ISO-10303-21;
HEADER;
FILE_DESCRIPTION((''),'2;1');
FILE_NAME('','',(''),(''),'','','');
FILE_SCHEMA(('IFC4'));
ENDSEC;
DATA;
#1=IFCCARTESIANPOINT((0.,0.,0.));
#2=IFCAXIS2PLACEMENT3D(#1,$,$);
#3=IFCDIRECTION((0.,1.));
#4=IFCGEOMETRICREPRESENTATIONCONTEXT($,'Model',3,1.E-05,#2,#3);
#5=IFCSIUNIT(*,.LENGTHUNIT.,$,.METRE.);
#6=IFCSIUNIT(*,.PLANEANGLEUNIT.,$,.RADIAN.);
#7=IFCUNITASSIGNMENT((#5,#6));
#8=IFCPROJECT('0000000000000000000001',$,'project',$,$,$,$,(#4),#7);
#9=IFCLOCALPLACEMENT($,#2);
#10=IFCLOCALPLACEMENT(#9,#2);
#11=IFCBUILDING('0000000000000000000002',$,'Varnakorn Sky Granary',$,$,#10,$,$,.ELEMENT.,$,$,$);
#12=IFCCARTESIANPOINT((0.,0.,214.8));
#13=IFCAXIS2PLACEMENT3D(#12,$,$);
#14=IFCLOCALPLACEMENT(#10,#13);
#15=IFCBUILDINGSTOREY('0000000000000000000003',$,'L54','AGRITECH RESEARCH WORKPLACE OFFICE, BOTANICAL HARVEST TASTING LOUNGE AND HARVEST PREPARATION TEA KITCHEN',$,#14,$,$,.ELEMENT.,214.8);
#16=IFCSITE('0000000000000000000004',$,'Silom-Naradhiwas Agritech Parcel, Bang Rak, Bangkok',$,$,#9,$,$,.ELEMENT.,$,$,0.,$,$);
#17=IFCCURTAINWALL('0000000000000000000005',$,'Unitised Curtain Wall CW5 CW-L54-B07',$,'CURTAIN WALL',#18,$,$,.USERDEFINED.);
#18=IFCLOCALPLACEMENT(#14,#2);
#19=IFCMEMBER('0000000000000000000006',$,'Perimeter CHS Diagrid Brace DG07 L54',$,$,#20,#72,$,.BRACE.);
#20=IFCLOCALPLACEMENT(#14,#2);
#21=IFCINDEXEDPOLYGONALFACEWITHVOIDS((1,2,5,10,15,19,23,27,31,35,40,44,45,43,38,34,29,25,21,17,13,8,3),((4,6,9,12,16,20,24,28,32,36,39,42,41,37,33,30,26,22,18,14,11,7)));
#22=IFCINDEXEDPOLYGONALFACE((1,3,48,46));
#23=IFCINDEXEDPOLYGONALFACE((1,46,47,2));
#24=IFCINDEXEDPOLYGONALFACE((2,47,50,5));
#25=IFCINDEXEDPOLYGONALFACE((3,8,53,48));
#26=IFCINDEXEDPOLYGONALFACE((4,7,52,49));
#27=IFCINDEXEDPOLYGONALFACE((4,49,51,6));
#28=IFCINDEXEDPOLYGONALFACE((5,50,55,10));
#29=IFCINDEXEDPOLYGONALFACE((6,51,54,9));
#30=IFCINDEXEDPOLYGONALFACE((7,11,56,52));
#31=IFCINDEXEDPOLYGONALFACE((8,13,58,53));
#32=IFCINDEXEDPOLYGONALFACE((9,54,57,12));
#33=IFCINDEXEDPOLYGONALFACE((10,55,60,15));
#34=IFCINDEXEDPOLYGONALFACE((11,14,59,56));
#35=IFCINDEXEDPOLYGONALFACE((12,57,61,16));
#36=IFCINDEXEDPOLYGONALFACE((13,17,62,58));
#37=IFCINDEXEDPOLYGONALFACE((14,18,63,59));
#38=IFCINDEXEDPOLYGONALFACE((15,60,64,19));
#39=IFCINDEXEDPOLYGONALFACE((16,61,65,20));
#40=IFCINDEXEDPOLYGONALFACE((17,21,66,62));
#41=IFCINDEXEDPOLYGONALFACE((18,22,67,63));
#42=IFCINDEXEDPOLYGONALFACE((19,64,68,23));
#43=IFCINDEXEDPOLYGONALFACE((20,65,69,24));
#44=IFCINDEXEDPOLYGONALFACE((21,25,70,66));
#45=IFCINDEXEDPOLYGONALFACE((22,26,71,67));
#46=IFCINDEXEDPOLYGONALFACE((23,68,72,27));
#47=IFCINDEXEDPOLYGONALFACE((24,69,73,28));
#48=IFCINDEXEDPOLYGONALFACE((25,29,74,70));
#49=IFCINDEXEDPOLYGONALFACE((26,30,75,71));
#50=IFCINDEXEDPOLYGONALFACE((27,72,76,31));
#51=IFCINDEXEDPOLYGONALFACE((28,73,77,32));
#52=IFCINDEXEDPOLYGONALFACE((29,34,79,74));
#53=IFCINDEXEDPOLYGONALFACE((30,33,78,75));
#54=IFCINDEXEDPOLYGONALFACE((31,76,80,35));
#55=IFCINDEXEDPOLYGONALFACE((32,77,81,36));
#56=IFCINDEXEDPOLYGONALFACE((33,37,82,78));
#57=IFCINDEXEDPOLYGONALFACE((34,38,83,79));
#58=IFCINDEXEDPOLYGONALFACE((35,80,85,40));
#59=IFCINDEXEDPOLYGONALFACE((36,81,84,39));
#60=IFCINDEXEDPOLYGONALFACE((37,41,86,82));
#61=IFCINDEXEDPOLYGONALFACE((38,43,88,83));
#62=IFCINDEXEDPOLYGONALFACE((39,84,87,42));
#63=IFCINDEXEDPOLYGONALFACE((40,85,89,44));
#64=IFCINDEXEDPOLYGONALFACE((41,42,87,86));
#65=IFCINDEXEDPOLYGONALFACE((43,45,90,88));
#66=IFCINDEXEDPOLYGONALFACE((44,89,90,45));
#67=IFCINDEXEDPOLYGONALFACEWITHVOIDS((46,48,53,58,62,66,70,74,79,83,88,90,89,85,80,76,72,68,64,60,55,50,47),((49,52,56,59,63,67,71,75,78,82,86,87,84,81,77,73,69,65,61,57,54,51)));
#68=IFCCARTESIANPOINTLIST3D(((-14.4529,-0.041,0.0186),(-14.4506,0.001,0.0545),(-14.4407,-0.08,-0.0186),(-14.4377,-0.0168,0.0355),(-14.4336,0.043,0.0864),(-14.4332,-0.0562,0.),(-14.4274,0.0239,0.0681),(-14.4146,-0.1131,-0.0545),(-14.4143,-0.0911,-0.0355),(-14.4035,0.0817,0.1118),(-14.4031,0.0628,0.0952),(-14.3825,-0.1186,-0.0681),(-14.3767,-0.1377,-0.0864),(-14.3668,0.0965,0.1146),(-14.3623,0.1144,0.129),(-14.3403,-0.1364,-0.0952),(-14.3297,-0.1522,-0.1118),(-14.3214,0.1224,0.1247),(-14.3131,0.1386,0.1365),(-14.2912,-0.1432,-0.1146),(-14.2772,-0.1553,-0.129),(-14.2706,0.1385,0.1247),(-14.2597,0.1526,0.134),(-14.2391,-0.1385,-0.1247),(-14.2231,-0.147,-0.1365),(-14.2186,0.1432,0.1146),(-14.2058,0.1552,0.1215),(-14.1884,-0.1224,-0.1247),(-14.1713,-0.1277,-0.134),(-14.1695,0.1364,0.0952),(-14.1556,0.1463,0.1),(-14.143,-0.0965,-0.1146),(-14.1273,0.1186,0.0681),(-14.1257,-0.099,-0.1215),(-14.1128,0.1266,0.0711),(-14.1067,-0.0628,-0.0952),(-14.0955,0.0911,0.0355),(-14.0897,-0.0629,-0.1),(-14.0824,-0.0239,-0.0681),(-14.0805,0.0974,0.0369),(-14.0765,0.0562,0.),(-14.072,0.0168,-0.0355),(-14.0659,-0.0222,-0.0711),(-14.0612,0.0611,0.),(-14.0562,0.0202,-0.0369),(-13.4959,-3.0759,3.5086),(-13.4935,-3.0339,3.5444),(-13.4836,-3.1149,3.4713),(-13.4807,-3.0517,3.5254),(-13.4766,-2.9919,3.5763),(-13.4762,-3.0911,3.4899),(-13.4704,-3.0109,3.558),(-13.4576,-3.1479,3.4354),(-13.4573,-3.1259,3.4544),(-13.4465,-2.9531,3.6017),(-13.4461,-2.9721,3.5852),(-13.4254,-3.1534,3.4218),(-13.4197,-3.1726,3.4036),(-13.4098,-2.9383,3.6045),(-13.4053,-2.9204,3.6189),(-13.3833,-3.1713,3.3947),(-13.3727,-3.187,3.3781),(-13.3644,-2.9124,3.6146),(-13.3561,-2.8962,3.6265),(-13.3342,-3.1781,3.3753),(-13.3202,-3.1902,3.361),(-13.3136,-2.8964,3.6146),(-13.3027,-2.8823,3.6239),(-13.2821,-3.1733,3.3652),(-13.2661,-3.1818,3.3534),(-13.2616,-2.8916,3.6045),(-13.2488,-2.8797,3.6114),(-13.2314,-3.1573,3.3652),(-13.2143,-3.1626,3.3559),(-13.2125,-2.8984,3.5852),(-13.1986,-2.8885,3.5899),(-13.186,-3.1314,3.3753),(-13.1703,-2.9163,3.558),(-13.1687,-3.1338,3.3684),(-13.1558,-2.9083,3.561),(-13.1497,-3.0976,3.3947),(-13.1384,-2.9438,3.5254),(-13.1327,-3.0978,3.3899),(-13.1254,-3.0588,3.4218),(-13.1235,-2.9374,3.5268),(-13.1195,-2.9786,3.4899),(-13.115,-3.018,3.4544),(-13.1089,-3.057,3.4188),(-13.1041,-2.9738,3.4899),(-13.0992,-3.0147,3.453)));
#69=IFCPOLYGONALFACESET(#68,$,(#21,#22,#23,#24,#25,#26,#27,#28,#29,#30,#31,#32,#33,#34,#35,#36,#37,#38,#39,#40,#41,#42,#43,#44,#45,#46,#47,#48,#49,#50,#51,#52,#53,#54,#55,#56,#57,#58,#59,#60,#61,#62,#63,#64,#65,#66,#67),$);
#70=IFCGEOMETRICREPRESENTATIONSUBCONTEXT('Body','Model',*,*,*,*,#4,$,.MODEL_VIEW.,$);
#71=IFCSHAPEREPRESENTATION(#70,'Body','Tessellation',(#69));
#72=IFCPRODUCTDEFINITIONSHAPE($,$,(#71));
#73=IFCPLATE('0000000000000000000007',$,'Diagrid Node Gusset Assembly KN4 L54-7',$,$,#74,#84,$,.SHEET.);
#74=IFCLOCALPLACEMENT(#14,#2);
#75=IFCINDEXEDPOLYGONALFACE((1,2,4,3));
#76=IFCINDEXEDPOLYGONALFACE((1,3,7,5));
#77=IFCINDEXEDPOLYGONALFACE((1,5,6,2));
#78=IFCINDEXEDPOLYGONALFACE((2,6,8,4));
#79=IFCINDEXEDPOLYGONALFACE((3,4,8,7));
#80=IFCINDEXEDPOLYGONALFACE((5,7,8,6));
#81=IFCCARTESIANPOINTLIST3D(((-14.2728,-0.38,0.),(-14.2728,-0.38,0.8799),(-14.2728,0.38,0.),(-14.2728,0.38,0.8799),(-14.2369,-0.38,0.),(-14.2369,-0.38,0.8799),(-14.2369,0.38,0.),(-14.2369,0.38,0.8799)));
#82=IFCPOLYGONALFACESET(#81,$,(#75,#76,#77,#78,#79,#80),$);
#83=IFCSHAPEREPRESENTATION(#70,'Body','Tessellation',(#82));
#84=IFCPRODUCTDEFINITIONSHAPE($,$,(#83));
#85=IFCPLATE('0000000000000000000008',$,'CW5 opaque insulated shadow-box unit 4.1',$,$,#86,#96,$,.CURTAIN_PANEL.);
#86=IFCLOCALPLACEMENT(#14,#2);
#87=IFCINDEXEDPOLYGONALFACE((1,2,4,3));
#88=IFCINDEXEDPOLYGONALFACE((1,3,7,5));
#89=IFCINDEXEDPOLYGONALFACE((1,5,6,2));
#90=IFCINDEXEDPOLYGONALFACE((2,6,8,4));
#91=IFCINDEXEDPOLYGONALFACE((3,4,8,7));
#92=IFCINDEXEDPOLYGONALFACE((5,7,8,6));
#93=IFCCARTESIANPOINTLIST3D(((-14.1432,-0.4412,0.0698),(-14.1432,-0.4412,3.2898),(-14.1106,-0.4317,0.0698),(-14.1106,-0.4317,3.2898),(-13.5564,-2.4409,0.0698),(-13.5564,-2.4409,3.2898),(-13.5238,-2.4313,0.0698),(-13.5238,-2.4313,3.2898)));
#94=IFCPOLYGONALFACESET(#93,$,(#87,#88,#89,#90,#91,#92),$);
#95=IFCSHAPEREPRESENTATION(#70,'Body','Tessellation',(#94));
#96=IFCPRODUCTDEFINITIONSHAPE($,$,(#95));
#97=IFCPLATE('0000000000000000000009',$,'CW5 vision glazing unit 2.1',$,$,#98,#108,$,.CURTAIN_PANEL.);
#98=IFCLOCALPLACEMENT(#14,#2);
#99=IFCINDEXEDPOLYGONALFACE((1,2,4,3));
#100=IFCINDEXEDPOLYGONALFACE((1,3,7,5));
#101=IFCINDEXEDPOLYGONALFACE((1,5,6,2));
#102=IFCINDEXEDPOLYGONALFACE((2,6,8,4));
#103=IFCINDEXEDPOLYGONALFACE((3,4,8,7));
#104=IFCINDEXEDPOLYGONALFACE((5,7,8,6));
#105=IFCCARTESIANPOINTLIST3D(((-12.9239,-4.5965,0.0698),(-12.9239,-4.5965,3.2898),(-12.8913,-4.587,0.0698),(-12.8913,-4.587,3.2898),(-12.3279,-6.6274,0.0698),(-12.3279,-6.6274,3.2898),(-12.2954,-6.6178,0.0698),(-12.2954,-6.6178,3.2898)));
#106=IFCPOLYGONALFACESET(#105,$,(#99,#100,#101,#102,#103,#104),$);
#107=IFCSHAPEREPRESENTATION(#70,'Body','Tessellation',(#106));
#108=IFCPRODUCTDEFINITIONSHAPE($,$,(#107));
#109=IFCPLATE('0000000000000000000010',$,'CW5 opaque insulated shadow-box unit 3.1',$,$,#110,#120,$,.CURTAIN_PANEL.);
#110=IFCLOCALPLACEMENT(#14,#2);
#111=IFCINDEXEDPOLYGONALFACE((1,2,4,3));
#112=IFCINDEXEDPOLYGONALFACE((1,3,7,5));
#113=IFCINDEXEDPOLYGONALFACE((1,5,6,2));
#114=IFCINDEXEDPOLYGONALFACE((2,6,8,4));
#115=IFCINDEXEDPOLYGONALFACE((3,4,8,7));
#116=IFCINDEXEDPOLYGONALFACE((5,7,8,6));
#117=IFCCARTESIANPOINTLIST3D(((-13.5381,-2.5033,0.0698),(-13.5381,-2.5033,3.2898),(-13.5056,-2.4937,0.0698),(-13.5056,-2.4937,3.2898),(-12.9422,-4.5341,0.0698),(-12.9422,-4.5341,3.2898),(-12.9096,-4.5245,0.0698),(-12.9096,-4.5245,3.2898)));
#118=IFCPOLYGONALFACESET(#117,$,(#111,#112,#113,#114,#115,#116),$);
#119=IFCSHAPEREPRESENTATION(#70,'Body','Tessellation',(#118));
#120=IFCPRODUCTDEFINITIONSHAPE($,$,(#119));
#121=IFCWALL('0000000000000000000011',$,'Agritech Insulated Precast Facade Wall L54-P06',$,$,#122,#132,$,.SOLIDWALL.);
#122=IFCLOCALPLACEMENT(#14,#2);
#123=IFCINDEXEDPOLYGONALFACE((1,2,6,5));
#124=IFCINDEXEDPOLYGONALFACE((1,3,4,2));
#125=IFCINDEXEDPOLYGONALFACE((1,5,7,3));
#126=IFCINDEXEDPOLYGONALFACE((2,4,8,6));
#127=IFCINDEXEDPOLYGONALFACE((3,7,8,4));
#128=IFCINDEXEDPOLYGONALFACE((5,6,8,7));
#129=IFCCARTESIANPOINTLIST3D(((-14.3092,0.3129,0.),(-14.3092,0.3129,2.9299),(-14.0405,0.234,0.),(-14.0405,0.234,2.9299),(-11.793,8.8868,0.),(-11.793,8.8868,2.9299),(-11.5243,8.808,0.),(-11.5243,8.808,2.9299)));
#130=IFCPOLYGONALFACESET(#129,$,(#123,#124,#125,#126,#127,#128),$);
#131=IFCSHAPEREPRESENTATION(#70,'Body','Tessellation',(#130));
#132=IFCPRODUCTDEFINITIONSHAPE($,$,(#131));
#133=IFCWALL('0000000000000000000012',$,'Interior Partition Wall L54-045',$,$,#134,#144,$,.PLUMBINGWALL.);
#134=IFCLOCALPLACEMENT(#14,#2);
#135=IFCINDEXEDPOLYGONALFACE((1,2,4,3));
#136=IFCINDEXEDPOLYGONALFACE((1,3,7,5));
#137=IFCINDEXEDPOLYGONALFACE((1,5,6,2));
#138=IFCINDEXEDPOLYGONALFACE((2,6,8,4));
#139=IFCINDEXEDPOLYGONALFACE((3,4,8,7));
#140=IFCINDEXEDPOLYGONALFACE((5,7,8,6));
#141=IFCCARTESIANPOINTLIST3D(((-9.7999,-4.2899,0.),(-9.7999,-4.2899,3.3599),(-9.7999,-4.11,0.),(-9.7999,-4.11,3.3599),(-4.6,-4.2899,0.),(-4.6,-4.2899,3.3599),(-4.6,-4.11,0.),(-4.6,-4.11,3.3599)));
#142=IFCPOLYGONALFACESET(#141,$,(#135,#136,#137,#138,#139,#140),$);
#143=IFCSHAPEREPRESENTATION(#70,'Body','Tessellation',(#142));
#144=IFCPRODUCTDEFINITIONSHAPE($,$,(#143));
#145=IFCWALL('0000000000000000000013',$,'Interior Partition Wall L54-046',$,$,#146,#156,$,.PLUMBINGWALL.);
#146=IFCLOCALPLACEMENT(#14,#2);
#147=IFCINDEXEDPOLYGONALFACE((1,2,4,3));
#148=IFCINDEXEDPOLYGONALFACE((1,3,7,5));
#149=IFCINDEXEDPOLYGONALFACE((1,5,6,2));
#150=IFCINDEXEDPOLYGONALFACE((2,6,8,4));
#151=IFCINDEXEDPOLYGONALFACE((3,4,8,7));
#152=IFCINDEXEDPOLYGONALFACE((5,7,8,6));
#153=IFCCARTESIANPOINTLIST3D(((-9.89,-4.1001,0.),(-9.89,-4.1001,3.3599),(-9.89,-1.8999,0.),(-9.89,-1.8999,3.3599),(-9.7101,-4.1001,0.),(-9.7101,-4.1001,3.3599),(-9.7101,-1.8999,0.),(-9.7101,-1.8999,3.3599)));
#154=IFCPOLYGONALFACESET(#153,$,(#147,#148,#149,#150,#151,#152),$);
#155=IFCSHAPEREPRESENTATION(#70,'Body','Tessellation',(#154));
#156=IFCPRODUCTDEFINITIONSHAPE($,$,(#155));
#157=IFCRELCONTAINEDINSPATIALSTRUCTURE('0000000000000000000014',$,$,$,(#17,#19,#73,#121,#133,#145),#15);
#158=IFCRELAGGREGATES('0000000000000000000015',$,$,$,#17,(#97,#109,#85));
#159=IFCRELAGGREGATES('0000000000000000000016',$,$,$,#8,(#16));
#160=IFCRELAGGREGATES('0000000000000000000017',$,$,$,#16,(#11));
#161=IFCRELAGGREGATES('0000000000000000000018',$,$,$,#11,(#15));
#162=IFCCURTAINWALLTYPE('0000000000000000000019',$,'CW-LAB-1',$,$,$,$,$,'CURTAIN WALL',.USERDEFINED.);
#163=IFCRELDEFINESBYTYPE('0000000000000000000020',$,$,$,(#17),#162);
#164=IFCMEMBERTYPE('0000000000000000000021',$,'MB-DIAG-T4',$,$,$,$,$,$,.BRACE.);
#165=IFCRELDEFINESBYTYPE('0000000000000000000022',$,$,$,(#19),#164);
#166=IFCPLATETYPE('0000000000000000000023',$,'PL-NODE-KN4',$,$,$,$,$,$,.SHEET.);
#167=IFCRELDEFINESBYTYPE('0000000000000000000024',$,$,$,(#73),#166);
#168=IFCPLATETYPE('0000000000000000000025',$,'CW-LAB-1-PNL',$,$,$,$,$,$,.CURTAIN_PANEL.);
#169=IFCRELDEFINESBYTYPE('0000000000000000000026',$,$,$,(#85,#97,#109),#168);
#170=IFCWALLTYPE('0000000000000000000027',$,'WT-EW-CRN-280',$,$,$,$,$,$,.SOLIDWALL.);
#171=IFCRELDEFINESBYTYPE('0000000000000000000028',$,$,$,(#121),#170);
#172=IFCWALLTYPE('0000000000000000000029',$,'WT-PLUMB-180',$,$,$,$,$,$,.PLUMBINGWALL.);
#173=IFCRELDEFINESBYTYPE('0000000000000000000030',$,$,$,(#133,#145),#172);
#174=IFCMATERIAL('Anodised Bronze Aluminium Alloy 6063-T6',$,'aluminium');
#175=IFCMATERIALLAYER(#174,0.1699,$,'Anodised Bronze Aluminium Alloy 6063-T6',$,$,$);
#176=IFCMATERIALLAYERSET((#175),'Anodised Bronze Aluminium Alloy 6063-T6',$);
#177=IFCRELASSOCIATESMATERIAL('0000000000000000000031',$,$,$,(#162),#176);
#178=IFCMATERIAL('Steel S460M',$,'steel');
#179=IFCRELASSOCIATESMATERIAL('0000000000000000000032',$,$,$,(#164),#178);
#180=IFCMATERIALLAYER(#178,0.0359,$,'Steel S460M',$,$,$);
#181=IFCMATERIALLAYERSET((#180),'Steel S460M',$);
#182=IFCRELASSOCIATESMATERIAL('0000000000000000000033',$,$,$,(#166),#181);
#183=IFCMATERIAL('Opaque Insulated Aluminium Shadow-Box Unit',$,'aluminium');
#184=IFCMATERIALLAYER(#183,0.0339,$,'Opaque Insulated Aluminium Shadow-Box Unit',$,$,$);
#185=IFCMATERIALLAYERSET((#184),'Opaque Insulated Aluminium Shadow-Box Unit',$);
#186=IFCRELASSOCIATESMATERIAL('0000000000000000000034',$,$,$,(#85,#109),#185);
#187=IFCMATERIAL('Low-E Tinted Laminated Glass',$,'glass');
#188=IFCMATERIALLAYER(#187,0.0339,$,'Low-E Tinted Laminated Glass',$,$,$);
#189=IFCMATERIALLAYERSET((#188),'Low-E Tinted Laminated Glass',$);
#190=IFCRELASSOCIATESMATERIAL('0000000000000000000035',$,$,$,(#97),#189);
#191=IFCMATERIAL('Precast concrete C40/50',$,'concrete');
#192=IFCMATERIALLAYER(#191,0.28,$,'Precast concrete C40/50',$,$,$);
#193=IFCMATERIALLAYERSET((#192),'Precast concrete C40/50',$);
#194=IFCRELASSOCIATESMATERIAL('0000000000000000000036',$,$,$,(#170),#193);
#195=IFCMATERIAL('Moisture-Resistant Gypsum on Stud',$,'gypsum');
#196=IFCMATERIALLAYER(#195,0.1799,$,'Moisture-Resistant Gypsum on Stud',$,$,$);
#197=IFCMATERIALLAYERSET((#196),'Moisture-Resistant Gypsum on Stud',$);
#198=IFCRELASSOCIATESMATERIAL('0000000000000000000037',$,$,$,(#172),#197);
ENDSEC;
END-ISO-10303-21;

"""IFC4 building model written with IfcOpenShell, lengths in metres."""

from ifc_helpers import new_model, si_unit, direction, frame, frame_2d, origin, origin_2d, place, context, subcontext, project, spatial, rectangle, hollow_circle, extrude, source, transform, mapped, material, layer, layer_set, material_profile, profile_set, type_object, type_shapes, element, aggregate, save


model = new_model("IFC4")

# Units and contexts
model_context = context("Model", 3, precision=1e-05, world=origin(), true_north=direction((0.0, 1.0)))
body_context = subcontext(model_context, "Body", "Model", "MODEL_VIEW")
ifc_project = project(units=[si_unit("LENGTHUNIT", "METRE"), si_unit("PLANEANGLEUNIT", "RADIAN")], contexts=[model_context])

# Site, building, storey
site_placement = place(None, origin())
site = spatial("IfcSite", under=ifc_project, at=site_placement, Name="Silom-Naradhiwas Agritech Parcel, Bang Rak, Bangkok", CompositionType="ELEMENT", RefElevation=0.0)
building_placement = place(site_placement, origin())
building = spatial("IfcBuilding", under=site, at=building_placement, Name="Varnakorn Sky Granary", CompositionType="ELEMENT")
storey_placement = place(building_placement, frame((0.0, 0.0, 214.8)))
storey = spatial("IfcBuildingStorey", under=building, at=storey_placement, Name="L54", Description="AGRITECH RESEARCH WORKPLACE OFFICE, BOTANICAL HARVEST TASTING LOUNGE AND HARVEST PREPARATION TEA KITCHEN", CompositionType="ELEMENT", Elevation=214.8)

# Shared definitions
ifc_material_1 = material(Name="Steel S460M", Category="steel")

# Curtain wall
ifc_material_2 = material(Name="Anodised Bronze Aluminium Alloy 6063-T6", Category="aluminium")
ifc_layer_1 = layer(ifc_material_2, 0.1699, Name="Anodised Bronze Aluminium Alloy 6063-T6")
ifc_layer_set_1 = layer_set([ifc_layer_1], Name="Anodised Bronze Aluminium Alloy 6063-T6")
curtain_wall_type = type_object("IfcCurtainWallType", Name="CW-LAB-1", ElementType="CURTAIN WALL", PredefinedType="USERDEFINED", material=ifc_layer_set_1)
curtain_wall_placement = place(storey_placement, origin())
curtain_wall = element("IfcCurtainWall", 1, at=curtain_wall_placement, inside=storey, type_object=curtain_wall_type, Name="Unitised Curtain Wall CW5 CW-L54-B07", ObjectType="CURTAIN WALL", PredefinedType="USERDEFINED")

# Member
ifc_material_profile_1 = material_profile(ifc_material_1, hollow_circle(Radius=0.2031, WallThickness=0.0161, at=origin_2d()), Name="CHS 406.4x16")
ifc_profile_set_1 = profile_set([ifc_material_profile_1], Name="Steel S460M")
member_type_1 = type_object("IfcMemberType", Name="MB-DIAG-T4", PredefinedType="BRACE", material=ifc_profile_set_1)
for number, where, z_axis, x_axis, name in (
    (2, (-14.2549, 0.0, 0.0), (0.202633, -0.642583, 0.738937), (0.953705, 0.300742, 0.0), "Perimeter CHS Diagrid Brace DG07 L54"),
):
    element("IfcMember", number, at=place(storey_placement, frame(where, z_axis=z_axis, x_axis=x_axis)), inside=storey, type_object=member_type_1, Name=name, PredefinedType="BRACE", context=body_context, shape_type="SweptSolid", body=[
        extrude(hollow_circle(Radius=0.2031, WallThickness=0.0161, at=origin_2d()), origin(), (0.0, 0.0, 1.0), 4.7229),
    ])

# Plates
ifc_layer_2 = layer(ifc_material_1, 0.0359, Name="Steel S460M")
ifc_layer_set_2 = layer_set([ifc_layer_2], Name="Steel S460M")
plate_type_1 = type_object("IfcPlateType", Name="PL-NODE-KN4", PredefinedType="SHEET", material=ifc_layer_set_2)
plate_1_placement = place(storey_placement, frame((-14.2549, 0.0, 0.0), z_axis=(0.0, 0.0, 1.0), x_axis=(0.0, -1.0, 0.0)))
element("IfcPlate", 3, at=plate_1_placement, inside=storey, type_object=plate_type_1, Name="Diagrid Node Gusset Assembly KN4 L54-7", PredefinedType="SHEET", context=body_context, shape_type="SweptSolid", body=[
    extrude(rectangle(XDim=0.76, YDim=0.0359, at=origin_2d()), origin(), (0.0, 0.0, 1.0), 0.8799),
])
ifc_material_3 = material(Name="Opaque Insulated Aluminium Shadow-Box Unit", Category="aluminium")
ifc_layer_3 = layer(ifc_material_3, 0.0339, Name="Opaque Insulated Aluminium Shadow-Box Unit")
ifc_layer_set_3 = layer_set([ifc_layer_3], Name="Opaque Insulated Aluminium Shadow-Box Unit")
plate_type_2 = type_object("IfcPlateType", Name="CW-LAB-1-PNL", PredefinedType="CURTAIN_PANEL")
shared_shape_1 = source(origin(), body_context, "Body", "SweptSolid", [
    extrude(rectangle(XDim=2.084, YDim=0.0339, at=origin_2d()), origin(), (0.0, 0.0, 1.0), 3.22),
])
plate_2_placement = place(storey_placement, frame((-13.8335, -1.4363, 0.0698), z_axis=(0.0, 0.0, 1.0), x_axis=(-0.281572, 0.95954, 0.0)))
plate_2 = element("IfcPlate", 4, at=plate_2_placement, type_object=plate_type_2, material=ifc_layer_set_3, Name="CW5 opaque insulated shadow-box unit 4.1", PredefinedType="CURTAIN_PANEL", context=body_context, shape_type="MappedRepresentation", body=[
    mapped(shared_shape_1, transform((0.0, 0.0, 0.0), x_axis=(1.0, 0.0, 0.0), y_axis=(0.0, 1.0, 0.0), z_axis=(0.0, 0.0, 1.0), scale=1.0)),
])
ifc_material_4 = material(Name="Low-E Tinted Laminated Glass", Category="glass")
ifc_layer_4 = layer(ifc_material_4, 0.0339, Name="Low-E Tinted Laminated Glass")
ifc_layer_set_4 = layer_set([ifc_layer_4], Name="Low-E Tinted Laminated Glass")
shared_shape_2 = source(origin(), body_context, "Body", "SweptSolid", [
    extrude(rectangle(XDim=2.1165, YDim=0.0339, at=origin_2d()), origin(), (0.0, 0.0, 1.0), 3.22),
])
type_shapes(plate_type_2, [shared_shape_1, shared_shape_2])
plate_3_placement = place(storey_placement, frame((-12.6096, -5.6072, 0.0698), z_axis=(0.0, 0.0, 1.0), x_axis=(-0.281572, 0.95954, 0.0)))
plate_3 = element("IfcPlate", 5, at=plate_3_placement, type_object=plate_type_2, material=ifc_layer_set_4, Name="CW5 vision glazing unit 2.1", PredefinedType="CURTAIN_PANEL", context=body_context, shape_type="MappedRepresentation", body=[
    mapped(shared_shape_2, transform((0.0, 0.0, 0.0), x_axis=(1.0, 0.0, 0.0), y_axis=(0.0, 1.0, 0.0), z_axis=(0.0, 0.0, 1.0), scale=1.0)),
])
plate_4_placement = place(storey_placement, frame((-13.2239, -3.5139, 0.0698), z_axis=(0.0, 0.0, 1.0), x_axis=(-0.281572, 0.95954, 0.0)))
plate_4 = element("IfcPlate", 6, at=plate_4_placement, type_object=plate_type_2, material=ifc_layer_set_3, Name="CW5 opaque insulated shadow-box unit 3.1", PredefinedType="CURTAIN_PANEL", context=body_context, shape_type="MappedRepresentation", body=[
    mapped(shared_shape_2, transform((0.0, 0.0, 0.0), x_axis=(1.0, 0.0, 0.0), y_axis=(0.0, 1.0, 0.0), z_axis=(0.0, 0.0, 1.0), scale=1.0)),
])
aggregate(curtain_wall, [plate_3, plate_4, plate_2])

# Walls
ifc_material_5 = material(Name="Precast concrete C40/50", Category="concrete")
ifc_layer_5 = layer(ifc_material_5, 0.28, Name="Precast concrete C40/50")
ifc_layer_set_5 = layer_set([ifc_layer_5], Name="Precast concrete C40/50")
wall_type_1 = type_object("IfcWallType", Name="WT-EW-CRN-280", PredefinedType="SOLIDWALL", material=ifc_layer_set_5)
wall_1_placement = place(storey_placement, frame((-14.1748, 0.2734, 0.0), z_axis=(0.0, 0.0, 1.0), x_axis=(0.281585, 0.959536, 0.0)))
element("IfcWall", 7, at=wall_1_placement, inside=storey, type_object=wall_type_1, Name="Agritech Insulated Precast Facade Wall L54-P06", PredefinedType="SOLIDWALL", context=body_context, shape_type="SweptSolid", body=[
    extrude(rectangle(XDim=8.9355, YDim=0.28, at=frame_2d((4.4678, 0.0))), origin(), (0.0, 0.0, 1.0), 2.9299),
])
ifc_material_6 = material(Name="Moisture-Resistant Gypsum on Stud", Category="gypsum")
ifc_layer_6 = layer(ifc_material_6, 0.1799, Name="Moisture-Resistant Gypsum on Stud")
ifc_layer_set_6 = layer_set([ifc_layer_6], Name="Moisture-Resistant Gypsum on Stud")
wall_type_2 = type_object("IfcWallType", Name="WT-PLUMB-180", PredefinedType="PLUMBINGWALL", material=ifc_layer_set_6)
wall_2_placement = place(storey_placement, frame((-9.8, -4.2, 0.0), z_axis=(0.0, 0.0, 1.0), x_axis=(1.0, 0.0, 0.0)))
element("IfcWall", 8, at=wall_2_placement, inside=storey, type_object=wall_type_2, Name="Interior Partition Wall L54-045", PredefinedType="PLUMBINGWALL", context=body_context, shape_type="SweptSolid", body=[
    extrude(rectangle(XDim=5.2, YDim=0.1799, at=frame_2d((2.6001, 0.0))), origin(), (0.0, 0.0, 1.0), 3.3599),
])
wall_3_placement = place(storey_placement, frame((-9.8, -1.8999, 0.0), z_axis=(0.0, 0.0, 1.0), x_axis=(0.0, -1.0, 0.0)))
element("IfcWall", 9, at=wall_3_placement, inside=storey, type_object=wall_type_2, Name="Interior Partition Wall L54-046", PredefinedType="PLUMBINGWALL", context=body_context, shape_type="SweptSolid", body=[
    extrude(rectangle(XDim=2.2002, YDim=0.1799, at=frame_2d((1.1001, 0.0))), origin(), (0.0, 0.0, 1.0), 3.3599),
])

save(model, "model.ifc")
